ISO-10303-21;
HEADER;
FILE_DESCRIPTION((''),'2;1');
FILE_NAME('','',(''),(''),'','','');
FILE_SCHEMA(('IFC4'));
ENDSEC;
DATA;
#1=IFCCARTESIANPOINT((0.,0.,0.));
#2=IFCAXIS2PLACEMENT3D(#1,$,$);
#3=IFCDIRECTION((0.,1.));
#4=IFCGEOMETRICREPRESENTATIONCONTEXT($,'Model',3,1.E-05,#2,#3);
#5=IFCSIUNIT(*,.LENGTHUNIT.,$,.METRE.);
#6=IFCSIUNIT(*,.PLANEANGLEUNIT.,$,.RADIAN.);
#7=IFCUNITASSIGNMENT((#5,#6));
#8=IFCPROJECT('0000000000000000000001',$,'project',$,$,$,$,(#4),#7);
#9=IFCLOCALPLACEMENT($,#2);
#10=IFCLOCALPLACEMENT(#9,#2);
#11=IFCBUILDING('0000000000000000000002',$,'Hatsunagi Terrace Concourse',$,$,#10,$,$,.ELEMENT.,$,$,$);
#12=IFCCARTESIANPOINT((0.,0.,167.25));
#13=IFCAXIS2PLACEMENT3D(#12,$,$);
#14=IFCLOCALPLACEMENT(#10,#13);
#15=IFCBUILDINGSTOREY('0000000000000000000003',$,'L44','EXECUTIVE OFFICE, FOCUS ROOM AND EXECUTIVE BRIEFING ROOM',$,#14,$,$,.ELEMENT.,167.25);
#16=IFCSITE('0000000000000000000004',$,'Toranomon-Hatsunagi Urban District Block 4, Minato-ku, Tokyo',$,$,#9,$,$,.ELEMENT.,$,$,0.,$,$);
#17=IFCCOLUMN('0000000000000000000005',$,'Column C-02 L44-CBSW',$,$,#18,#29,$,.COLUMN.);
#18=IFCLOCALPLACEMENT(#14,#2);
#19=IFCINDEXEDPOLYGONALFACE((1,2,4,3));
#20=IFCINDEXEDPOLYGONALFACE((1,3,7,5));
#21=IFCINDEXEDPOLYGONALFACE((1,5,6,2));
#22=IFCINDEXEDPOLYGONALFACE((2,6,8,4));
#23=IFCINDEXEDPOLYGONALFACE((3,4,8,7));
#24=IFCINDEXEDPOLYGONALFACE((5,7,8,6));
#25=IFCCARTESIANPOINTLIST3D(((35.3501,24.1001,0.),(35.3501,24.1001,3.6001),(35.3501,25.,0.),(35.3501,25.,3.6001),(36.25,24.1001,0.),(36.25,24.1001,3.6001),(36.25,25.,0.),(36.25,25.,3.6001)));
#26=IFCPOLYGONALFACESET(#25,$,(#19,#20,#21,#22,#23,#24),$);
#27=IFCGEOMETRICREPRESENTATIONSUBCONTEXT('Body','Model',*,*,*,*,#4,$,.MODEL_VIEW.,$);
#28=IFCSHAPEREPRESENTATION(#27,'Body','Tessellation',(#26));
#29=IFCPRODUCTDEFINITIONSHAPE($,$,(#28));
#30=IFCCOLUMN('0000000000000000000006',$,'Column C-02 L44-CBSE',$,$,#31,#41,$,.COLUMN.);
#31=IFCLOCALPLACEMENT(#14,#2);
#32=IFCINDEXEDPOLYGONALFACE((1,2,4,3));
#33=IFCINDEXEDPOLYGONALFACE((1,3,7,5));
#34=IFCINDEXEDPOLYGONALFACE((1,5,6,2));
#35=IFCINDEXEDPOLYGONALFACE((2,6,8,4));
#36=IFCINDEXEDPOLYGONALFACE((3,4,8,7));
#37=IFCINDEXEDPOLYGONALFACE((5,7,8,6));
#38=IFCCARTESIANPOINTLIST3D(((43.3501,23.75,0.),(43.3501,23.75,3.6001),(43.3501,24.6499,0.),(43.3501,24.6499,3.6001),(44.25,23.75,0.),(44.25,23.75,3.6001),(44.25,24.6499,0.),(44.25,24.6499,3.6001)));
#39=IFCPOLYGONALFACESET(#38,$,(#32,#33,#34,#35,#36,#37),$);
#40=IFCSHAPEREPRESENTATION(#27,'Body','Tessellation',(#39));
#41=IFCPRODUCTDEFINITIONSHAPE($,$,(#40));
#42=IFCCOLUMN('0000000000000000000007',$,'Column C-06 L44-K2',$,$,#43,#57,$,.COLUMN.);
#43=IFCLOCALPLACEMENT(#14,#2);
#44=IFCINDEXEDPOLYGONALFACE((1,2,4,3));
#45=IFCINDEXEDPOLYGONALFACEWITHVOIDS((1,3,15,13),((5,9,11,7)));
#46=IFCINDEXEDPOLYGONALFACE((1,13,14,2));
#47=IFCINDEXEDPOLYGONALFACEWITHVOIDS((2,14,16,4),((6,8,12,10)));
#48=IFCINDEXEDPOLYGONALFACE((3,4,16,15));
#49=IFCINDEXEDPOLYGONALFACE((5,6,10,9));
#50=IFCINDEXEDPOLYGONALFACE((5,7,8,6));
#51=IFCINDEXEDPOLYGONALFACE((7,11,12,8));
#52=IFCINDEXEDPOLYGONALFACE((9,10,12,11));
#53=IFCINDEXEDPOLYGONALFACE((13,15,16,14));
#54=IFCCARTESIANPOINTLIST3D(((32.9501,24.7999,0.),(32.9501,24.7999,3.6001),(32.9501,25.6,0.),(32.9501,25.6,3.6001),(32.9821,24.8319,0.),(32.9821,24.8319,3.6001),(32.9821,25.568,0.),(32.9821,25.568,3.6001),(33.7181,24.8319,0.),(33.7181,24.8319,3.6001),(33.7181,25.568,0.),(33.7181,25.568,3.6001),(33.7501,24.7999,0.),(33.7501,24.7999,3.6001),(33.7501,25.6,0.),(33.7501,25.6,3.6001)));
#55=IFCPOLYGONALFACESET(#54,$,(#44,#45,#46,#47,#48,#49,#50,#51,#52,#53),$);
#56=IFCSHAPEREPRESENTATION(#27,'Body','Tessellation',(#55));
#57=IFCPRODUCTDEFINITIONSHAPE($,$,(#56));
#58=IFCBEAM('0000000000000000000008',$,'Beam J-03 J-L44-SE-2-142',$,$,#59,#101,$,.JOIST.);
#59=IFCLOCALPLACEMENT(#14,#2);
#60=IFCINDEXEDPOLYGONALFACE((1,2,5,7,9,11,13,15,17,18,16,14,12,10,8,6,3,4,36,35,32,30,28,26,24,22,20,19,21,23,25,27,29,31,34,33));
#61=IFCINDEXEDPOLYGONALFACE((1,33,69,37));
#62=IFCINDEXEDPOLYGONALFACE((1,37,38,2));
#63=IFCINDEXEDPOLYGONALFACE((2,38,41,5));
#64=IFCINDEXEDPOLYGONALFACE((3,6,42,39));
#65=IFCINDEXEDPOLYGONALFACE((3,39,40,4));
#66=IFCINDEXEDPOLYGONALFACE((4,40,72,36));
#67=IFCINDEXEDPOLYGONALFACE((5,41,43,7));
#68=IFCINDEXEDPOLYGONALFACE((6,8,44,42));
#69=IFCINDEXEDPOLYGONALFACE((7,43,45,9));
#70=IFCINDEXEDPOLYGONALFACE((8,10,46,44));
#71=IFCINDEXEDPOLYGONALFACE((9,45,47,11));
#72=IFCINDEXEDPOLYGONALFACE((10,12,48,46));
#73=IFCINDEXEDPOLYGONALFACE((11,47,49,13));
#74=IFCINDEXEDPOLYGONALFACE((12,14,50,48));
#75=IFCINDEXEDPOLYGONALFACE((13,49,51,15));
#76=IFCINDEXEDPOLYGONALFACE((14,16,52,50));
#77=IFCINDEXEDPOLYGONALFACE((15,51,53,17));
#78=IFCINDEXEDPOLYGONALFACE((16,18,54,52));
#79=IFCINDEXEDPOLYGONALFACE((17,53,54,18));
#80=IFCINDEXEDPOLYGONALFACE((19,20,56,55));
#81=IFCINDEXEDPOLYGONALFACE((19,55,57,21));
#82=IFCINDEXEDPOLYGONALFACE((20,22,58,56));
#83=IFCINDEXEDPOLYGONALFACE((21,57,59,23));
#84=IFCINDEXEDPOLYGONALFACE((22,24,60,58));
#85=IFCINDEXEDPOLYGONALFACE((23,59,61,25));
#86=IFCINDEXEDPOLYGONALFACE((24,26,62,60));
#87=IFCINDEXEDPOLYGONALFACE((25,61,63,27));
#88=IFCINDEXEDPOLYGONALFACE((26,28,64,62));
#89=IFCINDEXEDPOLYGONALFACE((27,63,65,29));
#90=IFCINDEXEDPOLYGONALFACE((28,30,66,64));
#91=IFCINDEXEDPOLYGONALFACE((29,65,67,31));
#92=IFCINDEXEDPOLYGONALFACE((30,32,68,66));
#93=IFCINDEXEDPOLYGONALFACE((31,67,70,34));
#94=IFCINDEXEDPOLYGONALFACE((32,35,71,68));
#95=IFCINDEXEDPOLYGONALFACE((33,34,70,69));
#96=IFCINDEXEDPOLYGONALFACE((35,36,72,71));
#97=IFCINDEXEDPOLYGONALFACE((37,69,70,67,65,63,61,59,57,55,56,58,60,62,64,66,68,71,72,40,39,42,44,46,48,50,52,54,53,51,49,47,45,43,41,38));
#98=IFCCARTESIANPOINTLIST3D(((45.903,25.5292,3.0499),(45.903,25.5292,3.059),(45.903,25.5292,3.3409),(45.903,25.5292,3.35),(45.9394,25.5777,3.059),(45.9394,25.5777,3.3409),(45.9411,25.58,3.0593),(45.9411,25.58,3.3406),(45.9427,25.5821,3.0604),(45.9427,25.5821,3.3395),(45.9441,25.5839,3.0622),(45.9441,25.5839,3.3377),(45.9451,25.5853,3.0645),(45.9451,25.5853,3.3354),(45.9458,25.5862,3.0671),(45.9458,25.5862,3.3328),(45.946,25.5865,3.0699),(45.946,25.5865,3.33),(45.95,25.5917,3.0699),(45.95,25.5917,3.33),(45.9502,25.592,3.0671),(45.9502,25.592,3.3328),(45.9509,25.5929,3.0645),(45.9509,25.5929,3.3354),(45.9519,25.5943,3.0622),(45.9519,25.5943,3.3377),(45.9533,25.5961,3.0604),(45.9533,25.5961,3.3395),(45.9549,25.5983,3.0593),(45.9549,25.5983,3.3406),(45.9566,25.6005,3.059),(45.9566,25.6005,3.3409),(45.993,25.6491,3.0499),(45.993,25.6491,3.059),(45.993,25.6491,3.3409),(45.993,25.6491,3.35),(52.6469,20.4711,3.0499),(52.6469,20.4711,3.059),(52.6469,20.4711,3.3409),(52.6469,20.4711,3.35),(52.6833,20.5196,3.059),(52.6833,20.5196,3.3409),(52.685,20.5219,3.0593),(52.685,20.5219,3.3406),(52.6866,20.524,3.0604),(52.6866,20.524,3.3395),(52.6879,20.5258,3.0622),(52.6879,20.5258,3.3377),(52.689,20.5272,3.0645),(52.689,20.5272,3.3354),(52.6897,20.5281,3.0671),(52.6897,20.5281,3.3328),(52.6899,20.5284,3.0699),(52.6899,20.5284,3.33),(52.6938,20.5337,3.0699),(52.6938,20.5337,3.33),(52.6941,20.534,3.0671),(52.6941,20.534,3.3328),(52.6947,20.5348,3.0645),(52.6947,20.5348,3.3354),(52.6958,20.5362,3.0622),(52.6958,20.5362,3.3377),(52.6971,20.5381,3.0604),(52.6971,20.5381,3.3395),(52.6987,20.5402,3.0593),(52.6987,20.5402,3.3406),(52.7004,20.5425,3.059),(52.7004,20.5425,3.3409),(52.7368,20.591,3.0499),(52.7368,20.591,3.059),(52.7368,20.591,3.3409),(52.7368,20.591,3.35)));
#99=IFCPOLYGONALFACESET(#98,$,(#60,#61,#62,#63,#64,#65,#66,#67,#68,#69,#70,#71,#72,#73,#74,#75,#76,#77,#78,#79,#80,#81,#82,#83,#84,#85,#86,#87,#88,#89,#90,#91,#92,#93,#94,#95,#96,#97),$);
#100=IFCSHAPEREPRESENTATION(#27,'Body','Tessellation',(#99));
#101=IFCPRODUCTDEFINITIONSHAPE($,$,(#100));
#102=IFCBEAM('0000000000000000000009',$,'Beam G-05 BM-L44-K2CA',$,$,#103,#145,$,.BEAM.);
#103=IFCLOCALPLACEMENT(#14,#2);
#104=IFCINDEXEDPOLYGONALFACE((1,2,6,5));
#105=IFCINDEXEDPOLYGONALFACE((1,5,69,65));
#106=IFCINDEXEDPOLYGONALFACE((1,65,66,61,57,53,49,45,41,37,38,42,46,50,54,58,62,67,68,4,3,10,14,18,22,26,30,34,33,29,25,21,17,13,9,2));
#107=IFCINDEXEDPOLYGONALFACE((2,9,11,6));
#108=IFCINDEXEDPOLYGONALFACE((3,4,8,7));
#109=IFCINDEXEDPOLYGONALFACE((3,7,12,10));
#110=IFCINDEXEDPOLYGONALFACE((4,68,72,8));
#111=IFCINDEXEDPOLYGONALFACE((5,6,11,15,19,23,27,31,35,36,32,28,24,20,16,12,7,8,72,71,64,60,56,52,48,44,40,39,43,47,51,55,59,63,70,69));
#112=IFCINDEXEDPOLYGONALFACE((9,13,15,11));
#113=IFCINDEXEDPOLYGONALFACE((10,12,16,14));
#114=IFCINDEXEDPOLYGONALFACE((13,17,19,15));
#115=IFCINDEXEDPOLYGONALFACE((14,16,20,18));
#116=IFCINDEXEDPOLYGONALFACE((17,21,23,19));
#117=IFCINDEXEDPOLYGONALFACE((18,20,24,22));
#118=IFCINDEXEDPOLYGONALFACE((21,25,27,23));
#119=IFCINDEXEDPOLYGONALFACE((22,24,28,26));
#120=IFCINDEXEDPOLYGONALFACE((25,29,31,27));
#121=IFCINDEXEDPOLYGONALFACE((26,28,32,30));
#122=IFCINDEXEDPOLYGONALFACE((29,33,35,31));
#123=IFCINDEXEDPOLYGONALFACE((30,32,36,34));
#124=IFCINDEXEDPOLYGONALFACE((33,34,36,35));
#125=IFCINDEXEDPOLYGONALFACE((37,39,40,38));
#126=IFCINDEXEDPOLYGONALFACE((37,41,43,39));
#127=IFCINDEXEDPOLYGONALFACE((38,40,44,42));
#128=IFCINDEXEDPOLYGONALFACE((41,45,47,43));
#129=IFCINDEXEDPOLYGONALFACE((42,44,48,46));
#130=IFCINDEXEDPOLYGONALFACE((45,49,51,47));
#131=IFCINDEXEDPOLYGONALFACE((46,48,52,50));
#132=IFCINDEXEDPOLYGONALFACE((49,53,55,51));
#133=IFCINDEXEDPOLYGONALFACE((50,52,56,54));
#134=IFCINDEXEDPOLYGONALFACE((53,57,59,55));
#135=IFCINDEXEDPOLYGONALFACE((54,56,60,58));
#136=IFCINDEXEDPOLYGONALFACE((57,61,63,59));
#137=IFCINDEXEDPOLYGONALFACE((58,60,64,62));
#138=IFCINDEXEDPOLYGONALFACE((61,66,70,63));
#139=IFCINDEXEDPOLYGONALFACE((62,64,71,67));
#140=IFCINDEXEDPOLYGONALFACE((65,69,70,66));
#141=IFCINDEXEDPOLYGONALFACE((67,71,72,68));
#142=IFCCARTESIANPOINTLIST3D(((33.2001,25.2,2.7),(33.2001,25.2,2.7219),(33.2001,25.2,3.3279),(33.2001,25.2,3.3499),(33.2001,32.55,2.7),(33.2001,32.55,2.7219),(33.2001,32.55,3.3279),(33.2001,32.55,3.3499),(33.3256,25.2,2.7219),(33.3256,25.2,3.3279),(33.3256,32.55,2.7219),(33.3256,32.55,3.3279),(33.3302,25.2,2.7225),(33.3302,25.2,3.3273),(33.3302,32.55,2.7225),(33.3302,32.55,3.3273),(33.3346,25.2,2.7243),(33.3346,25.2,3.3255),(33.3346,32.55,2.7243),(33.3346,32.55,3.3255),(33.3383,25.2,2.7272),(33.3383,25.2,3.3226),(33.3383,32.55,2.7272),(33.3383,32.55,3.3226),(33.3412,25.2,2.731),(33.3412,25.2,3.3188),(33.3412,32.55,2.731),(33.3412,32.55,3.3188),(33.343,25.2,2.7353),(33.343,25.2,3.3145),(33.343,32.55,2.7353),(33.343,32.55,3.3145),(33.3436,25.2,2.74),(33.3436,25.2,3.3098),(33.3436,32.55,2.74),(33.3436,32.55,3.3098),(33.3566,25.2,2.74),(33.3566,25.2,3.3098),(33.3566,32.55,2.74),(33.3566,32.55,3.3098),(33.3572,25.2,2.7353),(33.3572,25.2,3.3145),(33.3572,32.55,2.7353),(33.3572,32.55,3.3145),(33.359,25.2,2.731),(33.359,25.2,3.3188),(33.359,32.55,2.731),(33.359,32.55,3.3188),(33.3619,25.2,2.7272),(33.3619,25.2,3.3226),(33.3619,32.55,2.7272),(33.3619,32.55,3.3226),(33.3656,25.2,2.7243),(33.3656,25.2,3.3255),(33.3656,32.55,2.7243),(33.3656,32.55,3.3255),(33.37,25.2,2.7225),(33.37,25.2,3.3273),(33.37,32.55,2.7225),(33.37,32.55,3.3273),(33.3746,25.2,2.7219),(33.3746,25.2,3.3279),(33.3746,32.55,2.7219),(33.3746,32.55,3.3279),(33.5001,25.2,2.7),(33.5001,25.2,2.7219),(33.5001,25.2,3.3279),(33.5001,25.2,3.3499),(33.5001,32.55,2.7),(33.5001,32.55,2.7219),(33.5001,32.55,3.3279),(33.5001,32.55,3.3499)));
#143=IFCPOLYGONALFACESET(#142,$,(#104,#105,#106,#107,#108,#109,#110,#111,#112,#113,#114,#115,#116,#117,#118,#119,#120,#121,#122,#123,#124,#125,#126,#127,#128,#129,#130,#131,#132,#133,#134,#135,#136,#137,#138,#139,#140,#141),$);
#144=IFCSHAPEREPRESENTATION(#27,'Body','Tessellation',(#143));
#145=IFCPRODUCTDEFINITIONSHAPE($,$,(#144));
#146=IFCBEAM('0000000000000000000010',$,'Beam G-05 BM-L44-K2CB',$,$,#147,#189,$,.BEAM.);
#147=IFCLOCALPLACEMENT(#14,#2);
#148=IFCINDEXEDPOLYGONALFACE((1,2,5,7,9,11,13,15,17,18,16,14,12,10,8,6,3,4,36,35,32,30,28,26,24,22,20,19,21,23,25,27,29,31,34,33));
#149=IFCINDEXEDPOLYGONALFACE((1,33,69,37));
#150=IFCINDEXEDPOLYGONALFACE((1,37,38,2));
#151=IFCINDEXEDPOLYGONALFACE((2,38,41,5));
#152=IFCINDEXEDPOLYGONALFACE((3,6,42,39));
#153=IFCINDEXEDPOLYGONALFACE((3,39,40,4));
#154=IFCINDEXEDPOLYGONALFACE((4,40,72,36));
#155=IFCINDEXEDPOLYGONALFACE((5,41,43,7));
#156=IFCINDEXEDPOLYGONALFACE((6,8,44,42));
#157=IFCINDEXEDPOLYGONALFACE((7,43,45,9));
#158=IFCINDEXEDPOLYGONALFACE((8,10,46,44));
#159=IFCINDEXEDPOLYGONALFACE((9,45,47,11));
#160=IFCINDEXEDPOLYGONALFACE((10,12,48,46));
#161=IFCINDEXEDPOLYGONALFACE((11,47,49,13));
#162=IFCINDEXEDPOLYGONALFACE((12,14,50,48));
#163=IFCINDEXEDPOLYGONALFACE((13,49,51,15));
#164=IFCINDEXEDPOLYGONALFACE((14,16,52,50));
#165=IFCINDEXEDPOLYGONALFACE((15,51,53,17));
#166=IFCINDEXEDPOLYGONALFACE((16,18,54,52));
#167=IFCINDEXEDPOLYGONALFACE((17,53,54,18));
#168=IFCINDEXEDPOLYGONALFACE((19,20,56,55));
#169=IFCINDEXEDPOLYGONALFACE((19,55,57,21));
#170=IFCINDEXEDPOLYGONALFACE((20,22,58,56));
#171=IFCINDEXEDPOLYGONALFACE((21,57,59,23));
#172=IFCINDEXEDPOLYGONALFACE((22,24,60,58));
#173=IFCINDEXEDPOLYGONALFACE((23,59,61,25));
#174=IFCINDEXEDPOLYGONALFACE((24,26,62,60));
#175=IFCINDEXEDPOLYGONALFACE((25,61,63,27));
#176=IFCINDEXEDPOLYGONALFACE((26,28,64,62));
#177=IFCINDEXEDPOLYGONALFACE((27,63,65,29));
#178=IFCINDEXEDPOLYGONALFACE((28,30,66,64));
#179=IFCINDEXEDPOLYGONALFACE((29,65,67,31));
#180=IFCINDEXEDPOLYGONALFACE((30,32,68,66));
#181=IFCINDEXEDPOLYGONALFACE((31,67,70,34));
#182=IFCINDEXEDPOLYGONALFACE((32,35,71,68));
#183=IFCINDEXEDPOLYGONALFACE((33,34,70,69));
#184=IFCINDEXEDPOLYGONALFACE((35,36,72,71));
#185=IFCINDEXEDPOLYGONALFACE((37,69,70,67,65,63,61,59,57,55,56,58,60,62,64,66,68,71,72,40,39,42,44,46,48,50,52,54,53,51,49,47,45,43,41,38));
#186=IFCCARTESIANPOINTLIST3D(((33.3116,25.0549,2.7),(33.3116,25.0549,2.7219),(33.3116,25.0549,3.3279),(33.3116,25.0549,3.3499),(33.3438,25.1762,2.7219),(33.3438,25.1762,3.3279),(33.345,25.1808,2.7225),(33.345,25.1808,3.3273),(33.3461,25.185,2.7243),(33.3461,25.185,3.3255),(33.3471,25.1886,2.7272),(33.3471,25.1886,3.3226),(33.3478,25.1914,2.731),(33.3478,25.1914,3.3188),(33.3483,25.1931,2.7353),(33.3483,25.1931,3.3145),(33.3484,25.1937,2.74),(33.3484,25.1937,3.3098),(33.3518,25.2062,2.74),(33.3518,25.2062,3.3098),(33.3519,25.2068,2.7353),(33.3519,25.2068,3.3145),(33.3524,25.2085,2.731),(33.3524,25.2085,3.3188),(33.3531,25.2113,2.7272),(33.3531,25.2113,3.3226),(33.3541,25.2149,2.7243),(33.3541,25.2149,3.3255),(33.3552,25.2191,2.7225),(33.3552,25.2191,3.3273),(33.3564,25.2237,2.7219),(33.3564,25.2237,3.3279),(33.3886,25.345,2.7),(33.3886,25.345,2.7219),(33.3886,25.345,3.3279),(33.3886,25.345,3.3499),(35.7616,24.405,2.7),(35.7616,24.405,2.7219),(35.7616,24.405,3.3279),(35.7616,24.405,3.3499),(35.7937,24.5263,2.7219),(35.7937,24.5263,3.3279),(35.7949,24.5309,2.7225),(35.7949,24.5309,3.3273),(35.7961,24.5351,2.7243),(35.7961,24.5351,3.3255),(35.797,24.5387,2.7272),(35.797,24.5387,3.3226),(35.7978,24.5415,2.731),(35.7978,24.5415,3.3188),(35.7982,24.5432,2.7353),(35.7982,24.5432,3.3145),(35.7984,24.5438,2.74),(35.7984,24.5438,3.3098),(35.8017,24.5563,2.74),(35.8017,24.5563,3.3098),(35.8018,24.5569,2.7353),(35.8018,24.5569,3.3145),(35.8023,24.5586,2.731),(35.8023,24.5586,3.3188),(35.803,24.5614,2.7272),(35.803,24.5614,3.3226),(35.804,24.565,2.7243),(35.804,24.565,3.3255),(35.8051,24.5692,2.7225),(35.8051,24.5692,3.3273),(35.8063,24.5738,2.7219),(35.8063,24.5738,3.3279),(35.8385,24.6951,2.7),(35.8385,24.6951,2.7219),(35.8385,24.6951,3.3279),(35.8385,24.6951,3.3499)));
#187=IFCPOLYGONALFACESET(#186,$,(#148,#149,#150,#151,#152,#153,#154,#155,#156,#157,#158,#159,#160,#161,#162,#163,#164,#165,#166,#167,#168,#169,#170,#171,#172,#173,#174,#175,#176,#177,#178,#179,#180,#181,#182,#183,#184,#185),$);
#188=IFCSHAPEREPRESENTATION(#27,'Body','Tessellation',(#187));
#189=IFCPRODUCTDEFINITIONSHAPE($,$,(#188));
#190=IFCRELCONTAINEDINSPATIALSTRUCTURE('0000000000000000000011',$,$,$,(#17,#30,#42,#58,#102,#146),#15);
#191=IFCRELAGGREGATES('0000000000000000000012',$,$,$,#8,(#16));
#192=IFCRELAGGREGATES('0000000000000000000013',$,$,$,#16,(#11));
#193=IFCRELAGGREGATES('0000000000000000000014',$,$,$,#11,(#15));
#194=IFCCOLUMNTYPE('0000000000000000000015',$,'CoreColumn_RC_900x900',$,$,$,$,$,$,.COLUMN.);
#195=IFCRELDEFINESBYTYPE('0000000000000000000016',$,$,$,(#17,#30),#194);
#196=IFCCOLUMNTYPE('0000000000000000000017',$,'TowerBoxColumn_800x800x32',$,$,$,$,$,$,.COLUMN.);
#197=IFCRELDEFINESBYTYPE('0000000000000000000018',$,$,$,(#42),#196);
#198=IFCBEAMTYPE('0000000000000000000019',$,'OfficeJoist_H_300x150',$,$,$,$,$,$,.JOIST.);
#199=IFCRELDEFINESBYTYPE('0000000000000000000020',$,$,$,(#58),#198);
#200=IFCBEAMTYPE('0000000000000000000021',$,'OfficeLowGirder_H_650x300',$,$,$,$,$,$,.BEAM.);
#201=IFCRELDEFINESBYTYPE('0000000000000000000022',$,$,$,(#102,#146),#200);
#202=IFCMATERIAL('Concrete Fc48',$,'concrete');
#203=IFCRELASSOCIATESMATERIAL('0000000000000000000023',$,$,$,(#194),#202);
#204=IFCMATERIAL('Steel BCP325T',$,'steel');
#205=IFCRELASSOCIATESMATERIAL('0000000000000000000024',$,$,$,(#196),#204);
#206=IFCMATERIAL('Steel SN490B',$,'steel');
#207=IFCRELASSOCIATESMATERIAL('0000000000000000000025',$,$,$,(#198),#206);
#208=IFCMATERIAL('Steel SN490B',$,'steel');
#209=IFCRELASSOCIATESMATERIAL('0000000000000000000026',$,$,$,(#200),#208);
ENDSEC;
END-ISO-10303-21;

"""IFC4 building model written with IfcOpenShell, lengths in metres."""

from ifc_helpers import new_model, si_unit, direction, frame, origin, origin_2d, place, context, subcontext, project, spatial, rectangle, hollow_rectangle, i_section, extrude, material, material_profile, profile_set, type_object, element, save


model = new_model("IFC4")

# Units and contexts
model_context = context("Model", 3, precision=1e-05, world=origin(), true_north=direction((0.0, 1.0)))
body_context = subcontext(model_context, "Body", "Model", "MODEL_VIEW")
ifc_project = project(units=[si_unit("LENGTHUNIT", "METRE"), si_unit("PLANEANGLEUNIT", "RADIAN")], contexts=[model_context])

# Site, building, storey
site_placement = place(None, origin())
site = spatial("IfcSite", under=ifc_project, at=site_placement, Name="Toranomon-Hatsunagi Urban District Block 4, Minato-ku, Tokyo", CompositionType="ELEMENT", RefElevation=0.0)
building_placement = place(site_placement, origin())
building = spatial("IfcBuilding", under=site, at=building_placement, Name="Hatsunagi Terrace Concourse", CompositionType="ELEMENT")
storey_placement = place(building_placement, frame((0.0, 0.0, 167.25)))
storey = spatial("IfcBuildingStorey", under=building, at=storey_placement, Name="L44", Description="EXECUTIVE OFFICE, FOCUS ROOM AND EXECUTIVE BRIEFING ROOM", CompositionType="ELEMENT", Elevation=167.25)

# Columns
ifc_material_1 = material(Name="Concrete Fc48", Category="concrete")
ifc_material_profile_1 = material_profile(ifc_material_1, rectangle(XDim=0.8999, YDim=0.8999, at=origin_2d()), Name="RC-900x900")
ifc_profile_set_1 = profile_set([ifc_material_profile_1], Name="Concrete Fc48")
column_type_1 = type_object("IfcColumnType", Name="CoreColumn_RC_900x900", PredefinedType="COLUMN", material=ifc_profile_set_1)
for number, where, z_axis, x_axis, name in (
    (1, (35.8, 24.55, 0.0), (0.0, 0.0, 1.0), (1.0, 0.0, 0.0), "Column C-02 L44-CBSW"),
    (2, (43.8, 24.2, 0.0), (0.0, 0.0, 1.0), (1.0, 0.0, 0.0), "Column C-02 L44-CBSE"),
):
    element("IfcColumn", number, at=place(storey_placement, frame(where, z_axis=z_axis, x_axis=x_axis)), inside=storey, type_object=column_type_1, Name=name, PredefinedType="COLUMN", context=body_context, shape_type="SweptSolid", body=[
        extrude(rectangle(XDim=0.8999, YDim=0.8999, at=origin_2d()), origin(), (0.0, 0.0, 1.0), 3.6001),
    ])
ifc_material_2 = material(Name="Steel BCP325T", Category="steel")
ifc_material_profile_2 = material_profile(ifc_material_2, hollow_rectangle(XDim=0.8, YDim=0.8, WallThickness=0.032, at=origin_2d()), Name="BCP-800x800x32")
ifc_profile_set_2 = profile_set([ifc_material_profile_2], Name="Steel BCP325T")
column_type_2 = type_object("IfcColumnType", Name="TowerBoxColumn_800x800x32", PredefinedType="COLUMN", material=ifc_profile_set_2)
column_placement = place(storey_placement, frame((33.3501, 25.2, 0.0), z_axis=(0.0, 0.0, 1.0), x_axis=(1.0, 0.0, 0.0)))
element("IfcColumn", 3, at=column_placement, inside=storey, type_object=column_type_2, Name="Column C-06 L44-K2", PredefinedType="COLUMN", context=body_context, shape_type="SweptSolid", body=[
    extrude(hollow_rectangle(XDim=0.8, YDim=0.8, WallThickness=0.032, at=origin_2d()), origin(), (0.0, 0.0, 1.0), 3.6001),
])

# Beams
ifc_material_3 = material(Name="Steel SN490B", Category="steel")
ifc_material_profile_3 = material_profile(ifc_material_3, i_section(OverallWidth=0.1499, OverallDepth=0.3, WebThickness=0.0066, FlangeThickness=0.009, FilletRadius=0.011, at=origin_2d()), Name="H-300x150x6.5x9")
ifc_profile_set_3 = profile_set([ifc_material_profile_3], Name="Steel SN490B")
beam_type_1 = type_object("IfcBeamType", Name="OfficeJoist_H_300x150", PredefinedType="JOIST", material=ifc_profile_set_3)
beam_1_placement = place(storey_placement, frame((45.948, 25.5891, 3.2), z_axis=(0.79999, -0.600014, 0.0), x_axis=(0.600014, 0.79999, 0.0)))
element("IfcBeam", 4, at=beam_1_placement, inside=storey, type_object=beam_type_1, Name="Beam J-03 J-L44-SE-2-142", PredefinedType="JOIST", context=body_context, shape_type="SweptSolid", body=[
    extrude(i_section(OverallWidth=0.1499, OverallDepth=0.3, WebThickness=0.0066, FlangeThickness=0.009, FilletRadius=0.011, at=origin_2d()), origin(), (0.0, 0.0, 1.0), 8.4299),
])
ifc_material_4 = material(Name="Steel SN490B", Category="steel")
ifc_material_profile_4 = material_profile(ifc_material_4, i_section(OverallWidth=0.3, OverallDepth=0.6499, WebThickness=0.0129, FlangeThickness=0.022, FilletRadius=0.0181, at=origin_2d()), Name="H-650x300x13x22")
ifc_profile_set_4 = profile_set([ifc_material_profile_4], Name="Steel SN490B")
beam_type_2 = type_object("IfcBeamType", Name="OfficeLowGirder_H_650x300", PredefinedType="BEAM", material=ifc_profile_set_4)
beam_2_placement = place(storey_placement, frame((33.3501, 25.2, 3.0249), z_axis=(0.0, 1.0, 0.0), x_axis=(-1.0, 0.0, 0.0)))
element("IfcBeam", 5, at=beam_2_placement, inside=storey, type_object=beam_type_2, Name="Beam G-05 BM-L44-K2CA", PredefinedType="BEAM", context=body_context, shape_type="SweptSolid", body=[
    extrude(i_section(OverallWidth=0.3, OverallDepth=0.6499, WebThickness=0.0129, FlangeThickness=0.022, FilletRadius=0.0181, at=origin_2d()), origin(), (0.0, 0.0, 1.0), 7.3501),
])
beam_3_placement = place(storey_placement, frame((33.3501, 25.2, 3.0249), z_axis=(0.96657, -0.256403, 0.0), x_axis=(0.256403, 0.96657, 0.0)))
element("IfcBeam", 6, at=beam_3_placement, inside=storey, type_object=beam_type_2, Name="Beam G-05 BM-L44-K2CB", PredefinedType="BEAM", context=body_context, shape_type="SweptSolid", body=[
    extrude(i_section(OverallWidth=0.3, OverallDepth=0.6499, WebThickness=0.0129, FlangeThickness=0.022, FilletRadius=0.0181, at=origin_2d()), origin(), (0.0, 0.0, 1.0), 2.5347),
])

save(model, "model.ifc")
